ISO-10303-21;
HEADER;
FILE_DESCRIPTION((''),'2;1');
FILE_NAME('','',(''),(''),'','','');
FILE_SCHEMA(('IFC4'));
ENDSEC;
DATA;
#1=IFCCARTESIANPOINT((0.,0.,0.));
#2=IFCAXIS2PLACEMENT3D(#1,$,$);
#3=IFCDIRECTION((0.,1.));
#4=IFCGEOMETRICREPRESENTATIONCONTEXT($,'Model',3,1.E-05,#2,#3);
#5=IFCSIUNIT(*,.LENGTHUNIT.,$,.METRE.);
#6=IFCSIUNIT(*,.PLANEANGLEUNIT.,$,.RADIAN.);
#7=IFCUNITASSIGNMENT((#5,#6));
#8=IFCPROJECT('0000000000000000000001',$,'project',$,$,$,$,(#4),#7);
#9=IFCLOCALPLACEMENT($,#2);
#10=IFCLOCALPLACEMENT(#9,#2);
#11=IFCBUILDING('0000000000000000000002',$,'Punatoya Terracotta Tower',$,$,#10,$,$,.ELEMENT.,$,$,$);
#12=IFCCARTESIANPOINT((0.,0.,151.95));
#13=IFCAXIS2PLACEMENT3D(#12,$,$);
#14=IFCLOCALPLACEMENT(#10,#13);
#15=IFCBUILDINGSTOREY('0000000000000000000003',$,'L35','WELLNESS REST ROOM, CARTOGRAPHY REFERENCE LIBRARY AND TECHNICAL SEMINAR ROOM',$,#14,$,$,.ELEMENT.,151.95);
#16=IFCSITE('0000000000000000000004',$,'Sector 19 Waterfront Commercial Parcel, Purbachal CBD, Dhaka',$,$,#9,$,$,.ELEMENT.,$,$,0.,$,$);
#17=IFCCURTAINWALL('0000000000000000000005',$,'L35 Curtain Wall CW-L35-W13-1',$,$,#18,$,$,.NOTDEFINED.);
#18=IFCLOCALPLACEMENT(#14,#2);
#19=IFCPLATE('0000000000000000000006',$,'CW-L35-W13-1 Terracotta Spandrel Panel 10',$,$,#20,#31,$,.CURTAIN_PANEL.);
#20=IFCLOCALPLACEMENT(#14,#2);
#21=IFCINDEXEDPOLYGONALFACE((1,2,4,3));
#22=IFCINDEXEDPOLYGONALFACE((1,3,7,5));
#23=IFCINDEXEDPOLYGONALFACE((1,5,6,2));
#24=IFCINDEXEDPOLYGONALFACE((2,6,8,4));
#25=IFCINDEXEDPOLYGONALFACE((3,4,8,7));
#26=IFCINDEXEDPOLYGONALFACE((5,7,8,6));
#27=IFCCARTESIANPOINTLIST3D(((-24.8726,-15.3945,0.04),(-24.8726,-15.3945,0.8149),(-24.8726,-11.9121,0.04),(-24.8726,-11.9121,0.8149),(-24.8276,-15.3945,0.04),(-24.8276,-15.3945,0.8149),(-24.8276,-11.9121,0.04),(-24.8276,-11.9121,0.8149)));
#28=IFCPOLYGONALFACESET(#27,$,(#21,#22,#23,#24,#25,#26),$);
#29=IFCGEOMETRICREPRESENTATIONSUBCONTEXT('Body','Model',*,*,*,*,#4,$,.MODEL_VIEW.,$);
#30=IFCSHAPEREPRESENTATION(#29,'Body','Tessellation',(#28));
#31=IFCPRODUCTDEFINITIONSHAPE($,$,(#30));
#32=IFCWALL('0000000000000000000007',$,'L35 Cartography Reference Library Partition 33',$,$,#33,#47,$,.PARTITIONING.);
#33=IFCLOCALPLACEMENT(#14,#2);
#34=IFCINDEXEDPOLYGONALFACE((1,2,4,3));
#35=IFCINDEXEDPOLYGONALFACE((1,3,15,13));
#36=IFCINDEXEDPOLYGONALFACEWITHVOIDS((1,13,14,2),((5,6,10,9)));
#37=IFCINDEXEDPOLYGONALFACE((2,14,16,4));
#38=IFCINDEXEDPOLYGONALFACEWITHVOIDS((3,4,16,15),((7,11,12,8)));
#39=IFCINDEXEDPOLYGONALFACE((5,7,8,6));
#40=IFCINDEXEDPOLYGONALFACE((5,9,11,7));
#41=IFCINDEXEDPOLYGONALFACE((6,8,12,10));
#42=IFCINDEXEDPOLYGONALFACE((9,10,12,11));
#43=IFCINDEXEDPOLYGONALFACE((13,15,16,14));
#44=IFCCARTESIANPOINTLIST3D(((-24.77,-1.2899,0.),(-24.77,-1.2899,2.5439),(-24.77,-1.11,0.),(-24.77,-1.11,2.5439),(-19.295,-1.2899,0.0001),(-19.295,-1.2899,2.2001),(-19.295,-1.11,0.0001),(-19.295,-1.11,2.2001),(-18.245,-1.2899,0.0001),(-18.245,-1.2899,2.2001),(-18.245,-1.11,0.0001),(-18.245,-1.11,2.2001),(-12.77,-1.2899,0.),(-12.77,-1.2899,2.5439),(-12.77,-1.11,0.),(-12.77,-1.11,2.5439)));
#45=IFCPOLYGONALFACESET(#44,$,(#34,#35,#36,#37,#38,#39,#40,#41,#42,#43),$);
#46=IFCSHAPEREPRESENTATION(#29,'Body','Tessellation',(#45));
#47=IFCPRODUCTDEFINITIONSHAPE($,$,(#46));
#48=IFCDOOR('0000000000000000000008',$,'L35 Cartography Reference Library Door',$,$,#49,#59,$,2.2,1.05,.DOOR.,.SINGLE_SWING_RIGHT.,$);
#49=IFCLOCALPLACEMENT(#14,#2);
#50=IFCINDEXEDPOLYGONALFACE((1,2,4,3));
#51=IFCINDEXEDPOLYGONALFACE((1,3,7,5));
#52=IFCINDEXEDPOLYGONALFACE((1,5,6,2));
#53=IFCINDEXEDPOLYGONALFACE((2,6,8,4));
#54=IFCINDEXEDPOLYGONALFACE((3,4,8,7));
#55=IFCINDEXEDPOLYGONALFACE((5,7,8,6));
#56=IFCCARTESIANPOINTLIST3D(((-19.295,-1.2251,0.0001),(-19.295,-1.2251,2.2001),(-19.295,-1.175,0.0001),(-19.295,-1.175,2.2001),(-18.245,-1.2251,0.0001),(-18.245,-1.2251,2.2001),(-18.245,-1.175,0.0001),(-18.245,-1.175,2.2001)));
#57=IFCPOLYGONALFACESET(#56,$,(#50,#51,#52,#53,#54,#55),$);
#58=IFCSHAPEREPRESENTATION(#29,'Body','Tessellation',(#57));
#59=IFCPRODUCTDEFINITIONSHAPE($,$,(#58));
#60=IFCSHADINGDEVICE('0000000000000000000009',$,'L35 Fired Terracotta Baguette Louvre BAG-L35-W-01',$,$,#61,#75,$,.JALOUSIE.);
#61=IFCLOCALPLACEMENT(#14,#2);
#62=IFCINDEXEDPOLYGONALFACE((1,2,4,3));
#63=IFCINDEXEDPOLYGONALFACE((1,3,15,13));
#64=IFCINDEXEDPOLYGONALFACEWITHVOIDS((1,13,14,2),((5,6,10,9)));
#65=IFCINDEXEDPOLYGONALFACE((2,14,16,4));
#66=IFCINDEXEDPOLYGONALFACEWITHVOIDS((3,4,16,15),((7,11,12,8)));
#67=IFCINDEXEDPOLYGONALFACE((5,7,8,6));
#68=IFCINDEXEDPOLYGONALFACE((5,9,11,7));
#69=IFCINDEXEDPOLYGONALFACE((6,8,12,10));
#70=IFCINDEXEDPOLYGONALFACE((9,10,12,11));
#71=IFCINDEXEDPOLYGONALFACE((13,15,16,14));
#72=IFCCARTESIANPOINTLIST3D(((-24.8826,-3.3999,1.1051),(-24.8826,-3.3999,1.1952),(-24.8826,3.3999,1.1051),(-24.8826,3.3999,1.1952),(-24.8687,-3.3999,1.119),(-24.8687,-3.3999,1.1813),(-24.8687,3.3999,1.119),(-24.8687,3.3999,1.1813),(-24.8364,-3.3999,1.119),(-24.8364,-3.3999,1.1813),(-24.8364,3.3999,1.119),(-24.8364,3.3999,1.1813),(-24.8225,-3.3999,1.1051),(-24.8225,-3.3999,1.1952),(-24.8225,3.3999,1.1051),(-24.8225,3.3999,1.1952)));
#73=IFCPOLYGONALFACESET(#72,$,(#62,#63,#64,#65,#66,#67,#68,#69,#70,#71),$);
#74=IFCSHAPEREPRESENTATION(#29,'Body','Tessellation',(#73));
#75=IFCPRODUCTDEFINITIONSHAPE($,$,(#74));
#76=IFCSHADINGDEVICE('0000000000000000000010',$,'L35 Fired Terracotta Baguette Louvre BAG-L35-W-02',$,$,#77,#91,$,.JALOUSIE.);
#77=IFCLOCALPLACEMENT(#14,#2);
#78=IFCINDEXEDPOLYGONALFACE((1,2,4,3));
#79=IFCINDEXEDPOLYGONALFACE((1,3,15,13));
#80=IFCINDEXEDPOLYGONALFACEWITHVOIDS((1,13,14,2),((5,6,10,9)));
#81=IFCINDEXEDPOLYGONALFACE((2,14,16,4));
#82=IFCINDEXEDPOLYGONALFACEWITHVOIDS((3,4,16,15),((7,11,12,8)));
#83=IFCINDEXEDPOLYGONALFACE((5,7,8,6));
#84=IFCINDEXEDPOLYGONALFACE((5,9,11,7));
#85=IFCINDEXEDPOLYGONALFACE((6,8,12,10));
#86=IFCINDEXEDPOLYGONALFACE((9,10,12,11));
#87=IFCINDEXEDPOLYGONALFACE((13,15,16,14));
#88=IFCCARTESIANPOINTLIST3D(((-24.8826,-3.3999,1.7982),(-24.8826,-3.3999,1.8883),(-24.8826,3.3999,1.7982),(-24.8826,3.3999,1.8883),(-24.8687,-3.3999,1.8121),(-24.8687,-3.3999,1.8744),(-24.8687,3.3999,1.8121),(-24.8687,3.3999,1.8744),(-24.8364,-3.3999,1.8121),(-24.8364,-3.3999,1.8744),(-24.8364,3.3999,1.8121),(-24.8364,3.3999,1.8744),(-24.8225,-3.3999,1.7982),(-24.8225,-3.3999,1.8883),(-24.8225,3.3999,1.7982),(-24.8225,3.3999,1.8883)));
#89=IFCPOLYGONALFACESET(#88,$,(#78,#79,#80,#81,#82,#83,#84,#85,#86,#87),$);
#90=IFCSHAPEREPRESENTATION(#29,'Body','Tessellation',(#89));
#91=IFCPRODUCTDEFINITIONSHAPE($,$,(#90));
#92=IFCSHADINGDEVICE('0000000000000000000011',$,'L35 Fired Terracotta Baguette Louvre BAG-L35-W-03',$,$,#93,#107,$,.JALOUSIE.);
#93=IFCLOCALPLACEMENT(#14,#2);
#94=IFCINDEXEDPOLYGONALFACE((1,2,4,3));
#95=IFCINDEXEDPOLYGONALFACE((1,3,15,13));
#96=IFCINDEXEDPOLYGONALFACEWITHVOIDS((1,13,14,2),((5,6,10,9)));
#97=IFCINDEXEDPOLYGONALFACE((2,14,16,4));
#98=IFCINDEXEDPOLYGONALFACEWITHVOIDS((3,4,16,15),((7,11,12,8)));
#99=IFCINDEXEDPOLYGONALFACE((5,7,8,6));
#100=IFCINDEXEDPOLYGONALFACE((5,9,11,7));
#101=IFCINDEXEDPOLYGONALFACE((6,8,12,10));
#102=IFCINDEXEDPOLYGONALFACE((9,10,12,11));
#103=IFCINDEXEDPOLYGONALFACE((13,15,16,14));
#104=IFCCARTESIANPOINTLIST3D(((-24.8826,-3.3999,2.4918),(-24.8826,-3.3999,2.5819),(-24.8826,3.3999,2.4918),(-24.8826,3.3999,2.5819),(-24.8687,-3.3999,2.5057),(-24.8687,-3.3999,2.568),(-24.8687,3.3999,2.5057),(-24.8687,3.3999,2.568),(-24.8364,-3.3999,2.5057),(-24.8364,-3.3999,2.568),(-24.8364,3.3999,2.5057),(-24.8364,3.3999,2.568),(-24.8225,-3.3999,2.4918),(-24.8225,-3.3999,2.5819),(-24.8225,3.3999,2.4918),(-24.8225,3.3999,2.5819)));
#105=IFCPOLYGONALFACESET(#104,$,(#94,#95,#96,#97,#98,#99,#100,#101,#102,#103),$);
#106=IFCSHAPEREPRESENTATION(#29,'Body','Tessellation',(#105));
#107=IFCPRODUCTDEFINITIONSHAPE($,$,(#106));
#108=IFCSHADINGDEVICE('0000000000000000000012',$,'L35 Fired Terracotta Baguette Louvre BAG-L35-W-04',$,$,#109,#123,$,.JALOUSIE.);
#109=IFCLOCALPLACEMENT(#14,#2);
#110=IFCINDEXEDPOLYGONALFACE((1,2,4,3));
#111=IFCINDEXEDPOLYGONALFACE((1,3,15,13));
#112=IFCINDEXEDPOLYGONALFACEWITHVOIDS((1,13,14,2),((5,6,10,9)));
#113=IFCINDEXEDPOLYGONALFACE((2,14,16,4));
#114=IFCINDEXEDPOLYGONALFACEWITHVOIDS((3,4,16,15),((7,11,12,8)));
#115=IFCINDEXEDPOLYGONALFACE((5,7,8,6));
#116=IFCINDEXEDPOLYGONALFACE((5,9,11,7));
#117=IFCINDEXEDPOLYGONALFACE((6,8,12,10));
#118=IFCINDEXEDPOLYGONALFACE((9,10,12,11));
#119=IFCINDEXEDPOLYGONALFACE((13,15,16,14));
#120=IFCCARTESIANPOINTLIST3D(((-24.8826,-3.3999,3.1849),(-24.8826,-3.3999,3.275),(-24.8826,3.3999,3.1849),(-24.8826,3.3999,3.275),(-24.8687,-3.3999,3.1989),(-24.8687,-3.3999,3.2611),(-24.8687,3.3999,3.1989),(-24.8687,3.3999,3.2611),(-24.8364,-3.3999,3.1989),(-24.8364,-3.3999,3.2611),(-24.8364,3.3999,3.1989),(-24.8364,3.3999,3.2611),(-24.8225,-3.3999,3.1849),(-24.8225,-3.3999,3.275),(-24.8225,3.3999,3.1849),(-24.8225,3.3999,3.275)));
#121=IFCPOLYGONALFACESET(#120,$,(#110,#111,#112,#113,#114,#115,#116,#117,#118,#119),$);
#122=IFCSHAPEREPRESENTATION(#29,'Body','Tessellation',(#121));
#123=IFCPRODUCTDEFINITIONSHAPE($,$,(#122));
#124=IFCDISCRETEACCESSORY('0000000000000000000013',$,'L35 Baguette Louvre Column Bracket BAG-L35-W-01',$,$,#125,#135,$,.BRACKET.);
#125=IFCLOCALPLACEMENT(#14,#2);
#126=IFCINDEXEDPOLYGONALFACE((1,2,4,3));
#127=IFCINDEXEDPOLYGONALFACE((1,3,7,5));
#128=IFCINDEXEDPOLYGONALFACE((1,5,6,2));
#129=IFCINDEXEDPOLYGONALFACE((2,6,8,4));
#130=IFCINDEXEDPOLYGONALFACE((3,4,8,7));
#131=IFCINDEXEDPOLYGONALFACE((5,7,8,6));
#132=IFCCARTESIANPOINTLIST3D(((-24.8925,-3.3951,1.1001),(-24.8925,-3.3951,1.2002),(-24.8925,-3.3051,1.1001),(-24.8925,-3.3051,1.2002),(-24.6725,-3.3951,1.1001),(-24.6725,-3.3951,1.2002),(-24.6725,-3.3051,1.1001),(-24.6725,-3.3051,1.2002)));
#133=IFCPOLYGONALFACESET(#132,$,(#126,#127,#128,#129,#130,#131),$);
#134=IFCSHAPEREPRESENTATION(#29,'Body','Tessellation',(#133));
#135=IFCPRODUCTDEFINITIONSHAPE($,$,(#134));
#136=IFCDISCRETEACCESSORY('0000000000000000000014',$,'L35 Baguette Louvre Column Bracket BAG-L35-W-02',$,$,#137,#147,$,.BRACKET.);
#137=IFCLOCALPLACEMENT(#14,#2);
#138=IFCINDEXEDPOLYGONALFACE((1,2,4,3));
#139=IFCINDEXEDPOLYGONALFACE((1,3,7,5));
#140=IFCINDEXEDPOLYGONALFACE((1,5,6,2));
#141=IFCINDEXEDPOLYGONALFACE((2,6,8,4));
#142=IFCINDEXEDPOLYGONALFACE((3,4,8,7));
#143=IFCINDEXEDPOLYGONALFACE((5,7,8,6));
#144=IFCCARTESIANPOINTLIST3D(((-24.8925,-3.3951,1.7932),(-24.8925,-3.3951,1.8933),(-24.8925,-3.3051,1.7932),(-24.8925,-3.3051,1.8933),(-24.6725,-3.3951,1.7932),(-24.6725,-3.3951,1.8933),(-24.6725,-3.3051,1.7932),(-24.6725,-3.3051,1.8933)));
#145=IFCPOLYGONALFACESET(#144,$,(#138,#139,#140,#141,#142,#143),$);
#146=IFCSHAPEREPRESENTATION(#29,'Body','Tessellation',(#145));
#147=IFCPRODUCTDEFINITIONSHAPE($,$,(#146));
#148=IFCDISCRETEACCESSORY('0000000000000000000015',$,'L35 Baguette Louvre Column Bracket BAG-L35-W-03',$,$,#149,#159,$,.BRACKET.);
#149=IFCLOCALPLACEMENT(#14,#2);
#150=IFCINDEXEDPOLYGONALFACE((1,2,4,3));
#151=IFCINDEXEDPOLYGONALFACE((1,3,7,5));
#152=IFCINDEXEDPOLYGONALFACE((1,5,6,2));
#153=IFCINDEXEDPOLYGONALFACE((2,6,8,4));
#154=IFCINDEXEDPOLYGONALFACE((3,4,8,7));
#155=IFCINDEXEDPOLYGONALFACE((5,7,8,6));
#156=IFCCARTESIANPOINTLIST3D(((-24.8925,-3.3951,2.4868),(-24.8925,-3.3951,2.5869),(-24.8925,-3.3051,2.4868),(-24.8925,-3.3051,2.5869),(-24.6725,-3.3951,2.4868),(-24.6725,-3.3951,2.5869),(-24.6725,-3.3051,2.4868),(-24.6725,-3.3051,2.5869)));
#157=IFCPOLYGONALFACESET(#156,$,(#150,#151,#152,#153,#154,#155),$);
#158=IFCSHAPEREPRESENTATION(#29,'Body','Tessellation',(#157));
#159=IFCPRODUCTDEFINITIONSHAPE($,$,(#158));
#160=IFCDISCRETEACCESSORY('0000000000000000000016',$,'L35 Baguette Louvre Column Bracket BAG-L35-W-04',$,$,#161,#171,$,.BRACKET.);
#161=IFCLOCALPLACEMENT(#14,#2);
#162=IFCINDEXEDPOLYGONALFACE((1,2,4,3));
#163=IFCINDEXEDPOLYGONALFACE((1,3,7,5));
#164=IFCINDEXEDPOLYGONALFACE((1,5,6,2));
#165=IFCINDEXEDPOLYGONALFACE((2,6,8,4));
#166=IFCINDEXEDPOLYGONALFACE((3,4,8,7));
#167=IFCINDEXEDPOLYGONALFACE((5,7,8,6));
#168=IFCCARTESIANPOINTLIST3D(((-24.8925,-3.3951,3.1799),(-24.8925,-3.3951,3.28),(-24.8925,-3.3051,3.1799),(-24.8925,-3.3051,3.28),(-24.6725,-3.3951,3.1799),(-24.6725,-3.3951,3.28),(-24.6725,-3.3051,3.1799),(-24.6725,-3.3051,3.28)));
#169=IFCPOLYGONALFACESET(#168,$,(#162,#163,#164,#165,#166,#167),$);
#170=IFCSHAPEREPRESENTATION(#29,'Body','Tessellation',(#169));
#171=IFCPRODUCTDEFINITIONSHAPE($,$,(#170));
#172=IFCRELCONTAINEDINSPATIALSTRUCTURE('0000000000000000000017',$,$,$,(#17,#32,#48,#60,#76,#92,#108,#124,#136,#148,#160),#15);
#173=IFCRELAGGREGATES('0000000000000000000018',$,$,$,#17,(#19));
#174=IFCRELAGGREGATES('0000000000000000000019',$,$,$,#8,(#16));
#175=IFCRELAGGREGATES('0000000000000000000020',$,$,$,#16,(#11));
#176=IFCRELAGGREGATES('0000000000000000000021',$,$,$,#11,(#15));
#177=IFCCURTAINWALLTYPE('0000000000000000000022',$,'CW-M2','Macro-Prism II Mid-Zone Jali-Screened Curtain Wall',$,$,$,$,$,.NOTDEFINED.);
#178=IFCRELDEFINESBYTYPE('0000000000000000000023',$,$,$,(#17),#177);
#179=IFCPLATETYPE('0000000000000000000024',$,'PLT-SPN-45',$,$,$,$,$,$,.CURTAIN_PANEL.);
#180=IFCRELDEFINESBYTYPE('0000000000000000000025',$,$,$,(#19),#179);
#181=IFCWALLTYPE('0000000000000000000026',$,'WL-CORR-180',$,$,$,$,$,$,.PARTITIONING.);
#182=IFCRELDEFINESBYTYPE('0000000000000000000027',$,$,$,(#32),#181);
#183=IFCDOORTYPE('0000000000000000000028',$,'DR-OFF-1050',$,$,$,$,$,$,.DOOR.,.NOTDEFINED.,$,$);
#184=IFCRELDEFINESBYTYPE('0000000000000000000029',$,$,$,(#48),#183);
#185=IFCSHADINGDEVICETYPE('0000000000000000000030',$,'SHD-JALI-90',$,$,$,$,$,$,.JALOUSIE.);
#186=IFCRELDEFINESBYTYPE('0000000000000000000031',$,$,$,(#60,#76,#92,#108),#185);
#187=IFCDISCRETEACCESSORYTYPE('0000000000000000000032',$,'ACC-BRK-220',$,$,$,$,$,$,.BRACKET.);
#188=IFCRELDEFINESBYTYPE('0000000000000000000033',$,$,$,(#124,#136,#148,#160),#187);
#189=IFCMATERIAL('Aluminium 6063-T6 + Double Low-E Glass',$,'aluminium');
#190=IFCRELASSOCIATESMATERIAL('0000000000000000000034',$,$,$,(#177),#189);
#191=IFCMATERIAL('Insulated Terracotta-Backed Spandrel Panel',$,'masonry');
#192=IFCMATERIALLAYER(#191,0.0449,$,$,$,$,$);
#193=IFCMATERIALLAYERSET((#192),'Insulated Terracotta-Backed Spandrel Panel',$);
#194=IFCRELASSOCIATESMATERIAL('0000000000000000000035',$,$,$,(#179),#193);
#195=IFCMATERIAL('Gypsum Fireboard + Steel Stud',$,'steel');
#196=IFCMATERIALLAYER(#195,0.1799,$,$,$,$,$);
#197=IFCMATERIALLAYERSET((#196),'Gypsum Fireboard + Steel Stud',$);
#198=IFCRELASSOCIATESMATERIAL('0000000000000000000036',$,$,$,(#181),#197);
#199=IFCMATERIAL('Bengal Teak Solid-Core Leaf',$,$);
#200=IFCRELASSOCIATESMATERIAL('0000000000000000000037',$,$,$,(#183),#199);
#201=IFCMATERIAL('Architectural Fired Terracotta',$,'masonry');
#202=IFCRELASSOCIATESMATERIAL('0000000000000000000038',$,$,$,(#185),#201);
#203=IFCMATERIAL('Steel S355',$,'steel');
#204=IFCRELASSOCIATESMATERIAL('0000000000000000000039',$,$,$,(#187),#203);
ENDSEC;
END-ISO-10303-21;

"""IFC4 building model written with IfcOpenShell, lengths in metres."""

from ifc_helpers import new_model, si_unit, direction, frame, frame_2d, origin, origin_2d, place, context, subcontext, project, spatial, rectangle, hollow_rectangle, extrude, material, layer, layer_set, material_profile, profile_set, type_object, element, fill, aggregate, save


model = new_model("IFC4")

# Units and contexts
model_context = context("Model", 3, precision=1e-05, world=origin(), true_north=direction((0.0, 1.0)))
body_context = subcontext(model_context, "Body", "Model", "MODEL_VIEW")
ifc_project = project(units=[si_unit("LENGTHUNIT", "METRE"), si_unit("PLANEANGLEUNIT", "RADIAN")], contexts=[model_context])

# Site, building, storey
site_placement = place(None, origin())
site = spatial("IfcSite", under=ifc_project, at=site_placement, Name="Sector 19 Waterfront Commercial Parcel, Purbachal CBD, Dhaka", CompositionType="ELEMENT", RefElevation=0.0)
building_placement = place(site_placement, origin())
building = spatial("IfcBuilding", under=site, at=building_placement, Name="Punatoya Terracotta Tower", CompositionType="ELEMENT")
storey_placement = place(building_placement, frame((0.0, 0.0, 151.95)))
storey = spatial("IfcBuildingStorey", under=building, at=storey_placement, Name="L35", Description="WELLNESS REST ROOM, CARTOGRAPHY REFERENCE LIBRARY AND TECHNICAL SEMINAR ROOM", CompositionType="ELEMENT", Elevation=151.95)

# Curtain wall
ifc_material_1 = material(Name="Aluminium 6063-T6 + Double Low-E Glass", Category="aluminium")
curtain_wall_type = type_object("IfcCurtainWallType", Name="CW-M2", Description="Macro-Prism II Mid-Zone Jali-Screened Curtain Wall", PredefinedType="NOTDEFINED", material=ifc_material_1)
curtain_wall_1_placement = place(storey_placement, origin())
curtain_wall_1 = element("IfcCurtainWall", 1, at=curtain_wall_1_placement, inside=storey, type_object=curtain_wall_type, Name="L35 Curtain Wall CW-L35-W13-1", PredefinedType="NOTDEFINED")

# Shared definitions
ifc_material_2 = material(Name="Steel S355", Category="steel")

# Plate
ifc_material_3 = material(Name="Insulated Terracotta-Backed Spandrel Panel", Category="masonry")
ifc_layer_1 = layer(ifc_material_3, 0.0449)
ifc_layer_set_1 = layer_set([ifc_layer_1], Name="Insulated Terracotta-Backed Spandrel Panel")
plate_type_1 = type_object("IfcPlateType", Name="PLT-SPN-45", PredefinedType="CURTAIN_PANEL", material=ifc_layer_set_1)
plate_1_placement = place(storey_placement, frame((-24.8501, -13.6533, 0.04), z_axis=(0.0, 0.0, 1.0), x_axis=(0.0, -1.0, 0.0)))
plate_1 = element("IfcPlate", 2, at=plate_1_placement, type_object=plate_type_1, Name="CW-L35-W13-1 Terracotta Spandrel Panel 10", PredefinedType="CURTAIN_PANEL", context=body_context, shape_type="SweptSolid", body=[
    extrude(rectangle(XDim=3.4824, YDim=0.0449, at=origin_2d()), origin(), (0.0, 0.0, 1.0), 0.7749),
])
aggregate(curtain_wall_1, [plate_1])

# Wall, opening, door
ifc_material_4 = material(Name="Gypsum Fireboard + Steel Stud", Category="steel")
ifc_layer_2 = layer(ifc_material_4, 0.1799)
ifc_layer_set_2 = layer_set([ifc_layer_2], Name="Gypsum Fireboard + Steel Stud")
wall_type = type_object("IfcWallType", Name="WL-CORR-180", PredefinedType="PARTITIONING", material=ifc_layer_set_2)
wall_placement = place(storey_placement, frame((-24.77, -1.2, 0.0), z_axis=(0.0, 0.0, 1.0), x_axis=(1.0, 0.0, 0.0)))
wall = element("IfcWall", 3, at=wall_placement, inside=storey, type_object=wall_type, Name="L35 Cartography Reference Library Partition 33", PredefinedType="PARTITIONING", context=body_context, shape_type="SweptSolid", body=[
    extrude(rectangle(XDim=12.0, YDim=0.1799, at=frame_2d((6.0, 0.0))), origin(), (0.0, 0.0, 1.0), 2.5439),
])
opening_placement = place(wall_placement, frame((5.4751, 0.0, 0.0)))
opening = element("IfcOpeningElement", 4, at=opening_placement, cuts=wall, PredefinedType="OPENING", context=body_context, shape_type="SweptSolid", body=[
    extrude(rectangle(XDim=1.05, YDim=2.2, at=frame_2d((0.5249, 1.1001))), frame((0.0, 0.0999, 0.0), z_axis=(0.0, -1.0, 0.0), x_axis=(1.0, 0.0, 0.0)), (0.0, 0.0, 1.0), 0.2),
])
ifc_material_5 = material(Name="Bengal Teak Solid-Core Leaf")
door_type = type_object("IfcDoorType", Name="DR-OFF-1050", OperationType="NOTDEFINED", PredefinedType="DOOR", material=ifc_material_5)
door_placement = place(opening_placement, origin())
door = element("IfcDoor", 5, at=door_placement, inside=storey, type_object=door_type, Name="L35 Cartography Reference Library Door", OperationType="SINGLE_SWING_RIGHT", OverallHeight=2.2, OverallWidth=1.05, PredefinedType="DOOR", context=body_context, shape_type="SweptSolid", body=[
    extrude(rectangle(XDim=1.05, YDim=2.2, at=frame_2d((0.5249, 1.1001))), frame((0.0, 0.0249, 0.0), z_axis=(0.0, -1.0, 0.0), x_axis=(1.0, 0.0, 0.0)), (0.0, 0.0, 1.0), 0.05),
])
fill(opening, door)

# Shading devices
ifc_material_6 = material(Name="Architectural Fired Terracotta", Category="masonry")
ifc_material_profile_1 = material_profile(ifc_material_6, hollow_rectangle(XDim=0.0601, YDim=0.0901, WallThickness=0.0139, at=origin_2d()))
ifc_profile_set_1 = profile_set([ifc_material_profile_1], Name="Architectural Fired Terracotta")
shading_device_type = type_object("IfcShadingDeviceType", Name="SHD-JALI-90", PredefinedType="JALOUSIE", material=ifc_profile_set_1)
for number, where, z_axis, x_axis, name in (
    (6, (-24.8525, -3.3999, 1.1501), (0.0, 1.0, 0.0), (-1.0, 0.0, 0.0), "L35 Fired Terracotta Baguette Louvre BAG-L35-W-01"),
    (7, (-24.8525, -3.3999, 1.8433), (0.0, 1.0, 0.0), (-1.0, 0.0, 0.0), "L35 Fired Terracotta Baguette Louvre BAG-L35-W-02"),
    (8, (-24.8525, -3.3999, 2.5369), (0.0, 1.0, 0.0), (-1.0, 0.0, 0.0), "L35 Fired Terracotta Baguette Louvre BAG-L35-W-03"),
    (9, (-24.8525, -3.3999, 3.23), (0.0, 1.0, 0.0), (-1.0, 0.0, 0.0), "L35 Fired Terracotta Baguette Louvre BAG-L35-W-04"),
):
    element("IfcShadingDevice", number, at=place(storey_placement, frame(where, z_axis=z_axis, x_axis=x_axis)), inside=storey, type_object=shading_device_type, Name=name, PredefinedType="JALOUSIE", context=body_context, shape_type="SweptSolid", body=[
        extrude(hollow_rectangle(XDim=0.0601, YDim=0.0901, WallThickness=0.0139, at=origin_2d()), origin(), (0.0, 0.0, 1.0), 6.7998),
    ])

# Discrete accessories
discrete_accessory_type = type_object("IfcDiscreteAccessoryType", Name="ACC-BRK-220", PredefinedType="BRACKET", material=ifc_material_2)
for number, where, z_axis, x_axis, name in (
    (10, (-24.7825, -3.3501, 1.1001), (0.0, 0.0, 1.0), (0.0, 1.0, 0.0), "L35 Baguette Louvre Column Bracket BAG-L35-W-01"),
    (11, (-24.7825, -3.3501, 1.7932), (0.0, 0.0, 1.0), (0.0, 1.0, 0.0), "L35 Baguette Louvre Column Bracket BAG-L35-W-02"),
    (12, (-24.7825, -3.3501, 2.4868), (0.0, 0.0, 1.0), (0.0, 1.0, 0.0), "L35 Baguette Louvre Column Bracket BAG-L35-W-03"),
    (13, (-24.7825, -3.3501, 3.1799), (0.0, 0.0, 1.0), (0.0, 1.0, 0.0), "L35 Baguette Louvre Column Bracket BAG-L35-W-04"),
):
    element("IfcDiscreteAccessory", number, at=place(storey_placement, frame(where, z_axis=z_axis, x_axis=x_axis)), inside=storey, type_object=discrete_accessory_type, Name=name, PredefinedType="BRACKET", context=body_context, shape_type="SweptSolid", body=[
        extrude(rectangle(XDim=0.0901, YDim=0.22, at=origin_2d()), origin(), (0.0, 0.0, 1.0), 0.1001),
    ])

save(model, "model.ifc")
